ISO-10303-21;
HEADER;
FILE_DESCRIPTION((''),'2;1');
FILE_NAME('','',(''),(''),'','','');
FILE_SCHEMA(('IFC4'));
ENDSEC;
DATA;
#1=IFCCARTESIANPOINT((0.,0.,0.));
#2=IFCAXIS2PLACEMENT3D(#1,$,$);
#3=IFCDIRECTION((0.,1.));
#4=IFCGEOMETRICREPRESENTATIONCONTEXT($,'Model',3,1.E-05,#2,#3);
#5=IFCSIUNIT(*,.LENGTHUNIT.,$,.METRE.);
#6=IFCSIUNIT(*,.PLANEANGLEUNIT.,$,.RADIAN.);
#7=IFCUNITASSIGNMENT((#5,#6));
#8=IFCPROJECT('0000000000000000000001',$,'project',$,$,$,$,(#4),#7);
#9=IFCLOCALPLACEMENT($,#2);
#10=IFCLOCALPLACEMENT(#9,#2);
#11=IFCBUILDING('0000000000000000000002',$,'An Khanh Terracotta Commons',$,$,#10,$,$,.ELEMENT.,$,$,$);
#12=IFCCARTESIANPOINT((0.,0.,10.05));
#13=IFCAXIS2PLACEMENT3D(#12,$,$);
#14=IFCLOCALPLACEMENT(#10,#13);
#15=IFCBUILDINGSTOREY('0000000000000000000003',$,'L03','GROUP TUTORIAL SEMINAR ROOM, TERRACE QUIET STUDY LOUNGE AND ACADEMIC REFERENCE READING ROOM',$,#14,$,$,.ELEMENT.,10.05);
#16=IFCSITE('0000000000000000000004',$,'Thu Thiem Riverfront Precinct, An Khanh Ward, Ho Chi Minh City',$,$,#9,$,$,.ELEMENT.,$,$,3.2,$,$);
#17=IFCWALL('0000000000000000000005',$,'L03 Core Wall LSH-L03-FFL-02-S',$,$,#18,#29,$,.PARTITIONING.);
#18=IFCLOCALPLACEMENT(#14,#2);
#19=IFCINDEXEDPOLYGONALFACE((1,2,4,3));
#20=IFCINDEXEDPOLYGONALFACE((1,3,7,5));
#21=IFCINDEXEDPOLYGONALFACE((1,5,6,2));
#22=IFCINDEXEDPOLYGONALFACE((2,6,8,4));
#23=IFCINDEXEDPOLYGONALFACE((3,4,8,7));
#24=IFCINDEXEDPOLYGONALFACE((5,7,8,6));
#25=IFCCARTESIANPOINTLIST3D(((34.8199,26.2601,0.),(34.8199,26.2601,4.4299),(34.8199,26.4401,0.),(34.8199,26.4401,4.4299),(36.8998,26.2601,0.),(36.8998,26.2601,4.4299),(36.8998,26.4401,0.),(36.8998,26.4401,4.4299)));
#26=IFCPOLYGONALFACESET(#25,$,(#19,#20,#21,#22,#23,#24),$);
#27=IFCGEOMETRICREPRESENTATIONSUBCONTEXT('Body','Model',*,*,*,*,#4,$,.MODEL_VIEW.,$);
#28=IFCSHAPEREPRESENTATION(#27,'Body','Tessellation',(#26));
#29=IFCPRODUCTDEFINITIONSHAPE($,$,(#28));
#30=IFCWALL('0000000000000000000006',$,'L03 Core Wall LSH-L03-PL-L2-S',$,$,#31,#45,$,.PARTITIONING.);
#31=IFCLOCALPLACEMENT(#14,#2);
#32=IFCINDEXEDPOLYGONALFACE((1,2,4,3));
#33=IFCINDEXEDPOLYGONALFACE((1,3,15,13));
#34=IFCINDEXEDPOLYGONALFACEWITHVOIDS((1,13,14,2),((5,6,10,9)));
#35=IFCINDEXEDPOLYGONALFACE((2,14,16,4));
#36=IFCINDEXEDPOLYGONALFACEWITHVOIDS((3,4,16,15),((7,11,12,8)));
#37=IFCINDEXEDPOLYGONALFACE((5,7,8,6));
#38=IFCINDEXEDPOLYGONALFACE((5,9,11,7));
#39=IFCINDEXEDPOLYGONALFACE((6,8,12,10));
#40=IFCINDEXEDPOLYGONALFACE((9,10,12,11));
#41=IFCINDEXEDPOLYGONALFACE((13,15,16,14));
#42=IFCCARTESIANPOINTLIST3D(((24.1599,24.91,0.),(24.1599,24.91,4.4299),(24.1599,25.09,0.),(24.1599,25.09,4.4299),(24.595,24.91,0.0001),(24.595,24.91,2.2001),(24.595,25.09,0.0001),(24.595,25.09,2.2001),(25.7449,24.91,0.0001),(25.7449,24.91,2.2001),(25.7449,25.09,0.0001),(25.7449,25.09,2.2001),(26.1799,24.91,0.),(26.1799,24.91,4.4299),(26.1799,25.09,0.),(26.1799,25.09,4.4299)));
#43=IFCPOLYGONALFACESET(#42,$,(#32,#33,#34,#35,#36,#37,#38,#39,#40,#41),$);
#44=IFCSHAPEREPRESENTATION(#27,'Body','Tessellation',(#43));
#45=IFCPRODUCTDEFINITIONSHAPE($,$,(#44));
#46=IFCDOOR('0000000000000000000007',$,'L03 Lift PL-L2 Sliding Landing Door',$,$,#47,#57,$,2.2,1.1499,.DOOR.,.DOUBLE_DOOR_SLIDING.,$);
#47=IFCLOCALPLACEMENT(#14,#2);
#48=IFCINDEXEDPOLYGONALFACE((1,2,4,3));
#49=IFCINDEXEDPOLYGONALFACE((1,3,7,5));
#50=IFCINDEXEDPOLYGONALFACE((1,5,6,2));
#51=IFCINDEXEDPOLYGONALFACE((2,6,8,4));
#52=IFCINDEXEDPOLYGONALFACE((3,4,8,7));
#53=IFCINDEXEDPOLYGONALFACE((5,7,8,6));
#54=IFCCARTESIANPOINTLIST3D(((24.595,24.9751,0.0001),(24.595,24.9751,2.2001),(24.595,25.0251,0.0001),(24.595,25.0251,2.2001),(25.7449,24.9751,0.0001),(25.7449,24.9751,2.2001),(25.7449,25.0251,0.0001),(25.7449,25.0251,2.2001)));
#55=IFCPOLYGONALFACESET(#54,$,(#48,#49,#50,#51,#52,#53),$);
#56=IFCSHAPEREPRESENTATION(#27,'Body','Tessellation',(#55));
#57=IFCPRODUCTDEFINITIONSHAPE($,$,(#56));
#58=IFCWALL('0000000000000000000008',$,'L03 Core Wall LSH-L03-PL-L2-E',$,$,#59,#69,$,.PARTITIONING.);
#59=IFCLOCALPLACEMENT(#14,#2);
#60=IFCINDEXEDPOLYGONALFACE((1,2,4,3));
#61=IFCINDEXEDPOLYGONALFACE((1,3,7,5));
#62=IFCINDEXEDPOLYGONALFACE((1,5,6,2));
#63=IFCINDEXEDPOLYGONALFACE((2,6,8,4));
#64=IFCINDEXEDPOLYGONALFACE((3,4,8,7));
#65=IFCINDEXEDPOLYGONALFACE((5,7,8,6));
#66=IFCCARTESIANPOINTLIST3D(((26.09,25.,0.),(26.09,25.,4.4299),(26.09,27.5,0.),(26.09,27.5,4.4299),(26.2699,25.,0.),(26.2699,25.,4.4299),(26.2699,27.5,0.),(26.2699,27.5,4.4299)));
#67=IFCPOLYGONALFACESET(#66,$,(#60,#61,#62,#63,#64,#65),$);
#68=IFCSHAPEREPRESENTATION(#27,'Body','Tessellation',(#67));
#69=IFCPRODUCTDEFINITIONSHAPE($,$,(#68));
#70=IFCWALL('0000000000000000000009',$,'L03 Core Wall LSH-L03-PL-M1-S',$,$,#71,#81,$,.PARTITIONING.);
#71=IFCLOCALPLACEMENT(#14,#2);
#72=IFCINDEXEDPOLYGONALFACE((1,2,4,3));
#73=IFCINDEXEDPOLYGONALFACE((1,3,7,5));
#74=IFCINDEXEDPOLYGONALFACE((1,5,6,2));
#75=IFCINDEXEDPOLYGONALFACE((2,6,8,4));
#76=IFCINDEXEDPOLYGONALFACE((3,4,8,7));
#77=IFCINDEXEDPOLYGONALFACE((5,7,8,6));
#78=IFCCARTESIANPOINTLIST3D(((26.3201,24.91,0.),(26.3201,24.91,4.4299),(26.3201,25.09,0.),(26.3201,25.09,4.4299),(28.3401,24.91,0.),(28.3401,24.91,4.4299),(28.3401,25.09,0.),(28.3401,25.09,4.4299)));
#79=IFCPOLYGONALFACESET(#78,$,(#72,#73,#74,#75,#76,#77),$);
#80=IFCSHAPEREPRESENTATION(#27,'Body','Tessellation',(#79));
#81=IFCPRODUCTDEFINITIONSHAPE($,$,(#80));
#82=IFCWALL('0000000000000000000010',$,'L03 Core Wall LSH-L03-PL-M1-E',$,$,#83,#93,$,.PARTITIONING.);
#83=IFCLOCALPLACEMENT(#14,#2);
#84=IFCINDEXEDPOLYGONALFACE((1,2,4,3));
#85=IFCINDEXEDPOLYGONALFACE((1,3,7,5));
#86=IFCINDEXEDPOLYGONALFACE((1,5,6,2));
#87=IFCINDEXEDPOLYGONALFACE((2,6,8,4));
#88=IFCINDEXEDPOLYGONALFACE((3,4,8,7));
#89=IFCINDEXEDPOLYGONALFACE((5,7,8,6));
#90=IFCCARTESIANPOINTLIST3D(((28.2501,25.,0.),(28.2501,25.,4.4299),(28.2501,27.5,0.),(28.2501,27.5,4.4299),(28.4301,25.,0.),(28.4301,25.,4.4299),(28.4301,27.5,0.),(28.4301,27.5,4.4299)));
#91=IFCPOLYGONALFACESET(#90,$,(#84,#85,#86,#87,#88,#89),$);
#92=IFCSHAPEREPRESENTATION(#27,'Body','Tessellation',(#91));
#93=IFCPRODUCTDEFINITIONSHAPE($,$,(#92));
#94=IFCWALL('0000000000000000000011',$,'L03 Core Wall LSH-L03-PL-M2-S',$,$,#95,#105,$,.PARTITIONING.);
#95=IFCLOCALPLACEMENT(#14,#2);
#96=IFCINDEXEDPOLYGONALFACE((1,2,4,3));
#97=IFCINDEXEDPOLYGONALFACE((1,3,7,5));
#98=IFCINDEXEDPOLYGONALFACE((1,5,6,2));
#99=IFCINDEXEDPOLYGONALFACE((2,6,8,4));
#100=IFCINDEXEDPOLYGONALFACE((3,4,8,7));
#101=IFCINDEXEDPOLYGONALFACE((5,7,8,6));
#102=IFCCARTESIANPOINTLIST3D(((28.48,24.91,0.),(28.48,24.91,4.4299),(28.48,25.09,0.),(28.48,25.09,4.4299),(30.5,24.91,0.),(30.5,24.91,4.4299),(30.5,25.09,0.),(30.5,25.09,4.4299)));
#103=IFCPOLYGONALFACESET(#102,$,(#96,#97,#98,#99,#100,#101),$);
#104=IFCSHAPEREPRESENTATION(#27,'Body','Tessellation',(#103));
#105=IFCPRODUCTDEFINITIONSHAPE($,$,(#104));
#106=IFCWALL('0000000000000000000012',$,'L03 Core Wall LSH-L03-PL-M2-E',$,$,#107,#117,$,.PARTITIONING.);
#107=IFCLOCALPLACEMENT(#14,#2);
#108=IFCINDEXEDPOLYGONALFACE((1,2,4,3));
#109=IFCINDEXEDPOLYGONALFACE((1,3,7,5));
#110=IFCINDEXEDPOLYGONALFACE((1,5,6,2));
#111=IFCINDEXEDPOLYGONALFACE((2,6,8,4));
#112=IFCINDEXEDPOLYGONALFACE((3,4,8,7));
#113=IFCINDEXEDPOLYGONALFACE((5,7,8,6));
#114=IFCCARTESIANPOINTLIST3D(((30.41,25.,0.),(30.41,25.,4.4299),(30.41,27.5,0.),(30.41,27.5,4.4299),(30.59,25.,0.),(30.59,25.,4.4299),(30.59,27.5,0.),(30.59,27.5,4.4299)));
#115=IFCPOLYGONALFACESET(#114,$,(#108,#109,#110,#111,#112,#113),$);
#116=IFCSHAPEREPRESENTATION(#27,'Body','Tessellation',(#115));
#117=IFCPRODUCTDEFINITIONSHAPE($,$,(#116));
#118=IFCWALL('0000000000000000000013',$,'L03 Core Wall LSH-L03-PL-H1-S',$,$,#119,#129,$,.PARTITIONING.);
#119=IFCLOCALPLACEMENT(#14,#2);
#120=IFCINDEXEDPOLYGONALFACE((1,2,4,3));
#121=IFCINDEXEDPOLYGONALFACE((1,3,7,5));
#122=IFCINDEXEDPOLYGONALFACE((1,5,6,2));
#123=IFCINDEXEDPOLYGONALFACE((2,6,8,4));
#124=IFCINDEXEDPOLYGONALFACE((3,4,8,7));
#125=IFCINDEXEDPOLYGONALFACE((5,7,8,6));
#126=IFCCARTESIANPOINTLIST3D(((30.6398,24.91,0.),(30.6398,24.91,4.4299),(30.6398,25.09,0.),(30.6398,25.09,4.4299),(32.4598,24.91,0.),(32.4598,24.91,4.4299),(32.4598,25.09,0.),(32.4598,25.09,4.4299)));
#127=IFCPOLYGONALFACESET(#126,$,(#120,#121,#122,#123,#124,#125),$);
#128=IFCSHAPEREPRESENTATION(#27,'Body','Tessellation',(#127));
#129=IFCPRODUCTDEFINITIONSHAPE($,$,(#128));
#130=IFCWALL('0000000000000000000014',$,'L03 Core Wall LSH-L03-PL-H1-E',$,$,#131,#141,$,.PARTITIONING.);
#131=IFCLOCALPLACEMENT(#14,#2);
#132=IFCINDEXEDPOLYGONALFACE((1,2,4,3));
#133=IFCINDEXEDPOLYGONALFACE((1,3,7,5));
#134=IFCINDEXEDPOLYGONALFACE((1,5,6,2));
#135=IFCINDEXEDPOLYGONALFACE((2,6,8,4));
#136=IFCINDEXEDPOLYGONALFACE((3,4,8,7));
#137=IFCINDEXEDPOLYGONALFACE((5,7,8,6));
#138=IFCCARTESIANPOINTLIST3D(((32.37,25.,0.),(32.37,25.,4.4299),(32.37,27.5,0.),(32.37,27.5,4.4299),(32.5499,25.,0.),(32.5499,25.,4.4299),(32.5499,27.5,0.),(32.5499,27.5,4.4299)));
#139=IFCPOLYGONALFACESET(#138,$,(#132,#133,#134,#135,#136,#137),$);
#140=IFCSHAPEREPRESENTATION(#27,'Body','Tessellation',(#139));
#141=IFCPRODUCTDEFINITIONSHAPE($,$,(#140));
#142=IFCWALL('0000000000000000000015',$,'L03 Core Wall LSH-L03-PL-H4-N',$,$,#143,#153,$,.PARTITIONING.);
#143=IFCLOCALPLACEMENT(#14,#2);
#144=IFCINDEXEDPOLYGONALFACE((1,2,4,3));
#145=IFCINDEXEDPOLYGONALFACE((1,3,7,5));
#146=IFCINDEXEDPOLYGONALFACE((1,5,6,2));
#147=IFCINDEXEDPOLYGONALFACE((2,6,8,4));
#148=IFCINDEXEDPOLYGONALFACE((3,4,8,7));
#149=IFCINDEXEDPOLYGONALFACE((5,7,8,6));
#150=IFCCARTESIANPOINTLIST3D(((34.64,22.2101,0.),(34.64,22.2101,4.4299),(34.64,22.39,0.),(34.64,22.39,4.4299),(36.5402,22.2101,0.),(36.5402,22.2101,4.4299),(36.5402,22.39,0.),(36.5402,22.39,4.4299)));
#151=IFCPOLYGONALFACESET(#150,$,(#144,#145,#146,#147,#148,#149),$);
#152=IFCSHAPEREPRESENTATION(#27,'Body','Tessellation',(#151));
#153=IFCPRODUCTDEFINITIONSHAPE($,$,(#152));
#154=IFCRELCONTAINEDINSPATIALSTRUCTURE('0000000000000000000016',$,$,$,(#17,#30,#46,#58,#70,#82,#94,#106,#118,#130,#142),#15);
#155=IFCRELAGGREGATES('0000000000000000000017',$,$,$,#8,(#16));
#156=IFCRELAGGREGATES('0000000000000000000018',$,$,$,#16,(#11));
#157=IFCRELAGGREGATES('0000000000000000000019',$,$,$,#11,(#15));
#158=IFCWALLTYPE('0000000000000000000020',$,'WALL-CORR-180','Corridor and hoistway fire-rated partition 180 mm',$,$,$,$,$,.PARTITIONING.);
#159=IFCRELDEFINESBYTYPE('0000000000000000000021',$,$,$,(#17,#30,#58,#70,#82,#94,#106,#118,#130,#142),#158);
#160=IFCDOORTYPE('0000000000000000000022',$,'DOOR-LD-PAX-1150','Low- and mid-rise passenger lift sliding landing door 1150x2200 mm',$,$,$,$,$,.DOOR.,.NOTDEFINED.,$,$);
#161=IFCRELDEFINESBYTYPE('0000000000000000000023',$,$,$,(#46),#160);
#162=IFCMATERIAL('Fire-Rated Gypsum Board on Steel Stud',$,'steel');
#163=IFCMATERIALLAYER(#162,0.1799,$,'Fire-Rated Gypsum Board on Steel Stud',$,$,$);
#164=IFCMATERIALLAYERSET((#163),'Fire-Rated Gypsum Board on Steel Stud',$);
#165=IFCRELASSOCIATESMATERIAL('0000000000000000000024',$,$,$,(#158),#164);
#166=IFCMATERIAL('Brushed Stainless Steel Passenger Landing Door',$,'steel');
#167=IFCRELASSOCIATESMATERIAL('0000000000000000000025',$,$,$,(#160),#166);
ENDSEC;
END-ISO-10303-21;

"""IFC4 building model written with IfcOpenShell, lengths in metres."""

from ifc_helpers import new_model, si_unit, direction, frame, frame_2d, origin, place, context, subcontext, project, spatial, rectangle, extrude, material, layer, layer_set, type_object, element, fill, save


model = new_model("IFC4")

# Units and contexts
model_context = context("Model", 3, precision=1e-05, world=origin(), true_north=direction((0.0, 1.0)))
body_context = subcontext(model_context, "Body", "Model", "MODEL_VIEW")
ifc_project = project(units=[si_unit("LENGTHUNIT", "METRE"), si_unit("PLANEANGLEUNIT", "RADIAN")], contexts=[model_context])

# Site, building, storey
site_placement = place(None, origin())
site = spatial("IfcSite", under=ifc_project, at=site_placement, Name="Thu Thiem Riverfront Precinct, An Khanh Ward, Ho Chi Minh City", CompositionType="ELEMENT", RefElevation=3.2)
building_placement = place(site_placement, origin())
building = spatial("IfcBuilding", under=site, at=building_placement, Name="An Khanh Terracotta Commons", CompositionType="ELEMENT")
storey_placement = place(building_placement, frame((0.0, 0.0, 10.05)))
storey = spatial("IfcBuildingStorey", under=building, at=storey_placement, Name="L03", Description="GROUP TUTORIAL SEMINAR ROOM, TERRACE QUIET STUDY LOUNGE AND ACADEMIC REFERENCE READING ROOM", CompositionType="ELEMENT", Elevation=10.05)

# Wall
ifc_material_1 = material(Name="Fire-Rated Gypsum Board on Steel Stud", Category="steel")
ifc_layer = layer(ifc_material_1, 0.1799, Name="Fire-Rated Gypsum Board on Steel Stud")
ifc_layer_set = layer_set([ifc_layer], Name="Fire-Rated Gypsum Board on Steel Stud")
wall_type = type_object("IfcWallType", Name="WALL-CORR-180", Description="Corridor and hoistway fire-rated partition 180 mm", PredefinedType="PARTITIONING", material=ifc_layer_set)
wall_1_placement = place(storey_placement, frame((36.8999, 26.3501, 0.0), z_axis=(0.0, 0.0, 1.0), x_axis=(-1.0, 0.0, 0.0)))
element("IfcWall", 1, at=wall_1_placement, inside=storey, type_object=wall_type, Name="L03 Core Wall LSH-L03-FFL-02-S", PredefinedType="PARTITIONING", context=body_context, shape_type="SweptSolid", body=[
    extrude(rectangle(XDim=2.0798, YDim=0.1799, at=frame_2d((1.04, 0.0))), origin(), (0.0, 0.0, 1.0), 4.4299),
])

# Wall, opening, door
wall_2_placement = place(storey_placement, frame((26.1799, 25.0, 0.0), z_axis=(0.0, 0.0, 1.0), x_axis=(-1.0, 0.0, 0.0)))
wall_2 = element("IfcWall", 2, at=wall_2_placement, inside=storey, type_object=wall_type, Name="L03 Core Wall LSH-L03-PL-L2-S", PredefinedType="PARTITIONING", context=body_context, shape_type="SweptSolid", body=[
    extrude(rectangle(XDim=2.02, YDim=0.1799, at=frame_2d((1.01, 0.0))), origin(), (0.0, 0.0, 1.0), 4.4299),
])
opening_placement = place(wall_2_placement, frame((0.4351, 0.0, 0.0)))
opening = element("IfcOpeningElement", 3, at=opening_placement, cuts=wall_2, PredefinedType="OPENING", context=body_context, shape_type="SweptSolid", body=[
    extrude(rectangle(XDim=1.1499, YDim=2.2, at=frame_2d((0.575, 1.1001))), frame((0.0, 0.0999, 0.0), z_axis=(0.0, -1.0, 0.0), x_axis=(1.0, 0.0, 0.0)), (0.0, 0.0, 1.0), 0.2),
])
ifc_material_2 = material(Name="Brushed Stainless Steel Passenger Landing Door", Category="steel")
door_type = type_object("IfcDoorType", Name="DOOR-LD-PAX-1150", Description="Low- and mid-rise passenger lift sliding landing door 1150x2200 mm", OperationType="NOTDEFINED", PredefinedType="DOOR", material=ifc_material_2)
door_placement = place(opening_placement, origin())
door = element("IfcDoor", 4, at=door_placement, inside=storey, type_object=door_type, Name="L03 Lift PL-L2 Sliding Landing Door", OperationType="DOUBLE_DOOR_SLIDING", OverallHeight=2.2, OverallWidth=1.1499, PredefinedType="DOOR", context=body_context, shape_type="SweptSolid", body=[
    extrude(rectangle(XDim=1.1499, YDim=2.2, at=frame_2d((0.575, 1.1001))), frame((0.0, 0.0249, 0.0), z_axis=(0.0, -1.0, 0.0), x_axis=(1.0, 0.0, 0.0)), (0.0, 0.0, 1.0), 0.05),
])
fill(opening, door)

# Walls
wall_3_placement = place(storey_placement, frame((26.1799, 25.0, 0.0), z_axis=(0.0, 0.0, 1.0), x_axis=(0.0, 1.0, 0.0)))
element("IfcWall", 5, at=wall_3_placement, inside=storey, type_object=wall_type, Name="L03 Core Wall LSH-L03-PL-L2-E", PredefinedType="PARTITIONING", context=body_context, shape_type="SweptSolid", body=[
    extrude(rectangle(XDim=2.5, YDim=0.1799, at=frame_2d((1.25, 0.0))), origin(), (0.0, 0.0, 1.0), 4.4299),
])
wall_4_placement = place(storey_placement, frame((28.3401, 25.0, 0.0), z_axis=(0.0, 0.0, 1.0), x_axis=(-1.0, 0.0, 0.0)))
element("IfcWall", 6, at=wall_4_placement, inside=storey, type_object=wall_type, Name="L03 Core Wall LSH-L03-PL-M1-S", PredefinedType="PARTITIONING", context=body_context, shape_type="SweptSolid", body=[
    extrude(rectangle(XDim=2.02, YDim=0.1799, at=frame_2d((1.01, 0.0))), origin(), (0.0, 0.0, 1.0), 4.4299),
])
wall_5_placement = place(storey_placement, frame((28.3401, 25.0, 0.0), z_axis=(0.0, 0.0, 1.0), x_axis=(0.0, 1.0, 0.0)))
element("IfcWall", 7, at=wall_5_placement, inside=storey, type_object=wall_type, Name="L03 Core Wall LSH-L03-PL-M1-E", PredefinedType="PARTITIONING", context=body_context, shape_type="SweptSolid", body=[
    extrude(rectangle(XDim=2.5, YDim=0.1799, at=frame_2d((1.25, 0.0))), origin(), (0.0, 0.0, 1.0), 4.4299),
])
wall_6_placement = place(storey_placement, frame((30.5, 25.0, 0.0), z_axis=(0.0, 0.0, 1.0), x_axis=(-1.0, 0.0, 0.0)))
element("IfcWall", 8, at=wall_6_placement, inside=storey, type_object=wall_type, Name="L03 Core Wall LSH-L03-PL-M2-S", PredefinedType="PARTITIONING", context=body_context, shape_type="SweptSolid", body=[
    extrude(rectangle(XDim=2.02, YDim=0.1799, at=frame_2d((1.01, 0.0))), origin(), (0.0, 0.0, 1.0), 4.4299),
])
wall_7_placement = place(storey_placement, frame((30.5, 25.0, 0.0), z_axis=(0.0, 0.0, 1.0), x_axis=(0.0, 1.0, 0.0)))
element("IfcWall", 9, at=wall_7_placement, inside=storey, type_object=wall_type, Name="L03 Core Wall LSH-L03-PL-M2-E", PredefinedType="PARTITIONING", context=body_context, shape_type="SweptSolid", body=[
    extrude(rectangle(XDim=2.5, YDim=0.1799, at=frame_2d((1.25, 0.0))), origin(), (0.0, 0.0, 1.0), 4.4299),
])
wall_8_placement = place(storey_placement, frame((32.46, 25.0, 0.0), z_axis=(0.0, 0.0, 1.0), x_axis=(-1.0, 0.0, 0.0)))
element("IfcWall", 10, at=wall_8_placement, inside=storey, type_object=wall_type, Name="L03 Core Wall LSH-L03-PL-H1-S", PredefinedType="PARTITIONING", context=body_context, shape_type="SweptSolid", body=[
    extrude(rectangle(XDim=1.8201, YDim=0.1799, at=frame_2d((0.9102, 0.0))), origin(), (0.0, 0.0, 1.0), 4.4299),
])
wall_9_placement = place(storey_placement, frame((32.46, 25.0, 0.0), z_axis=(0.0, 0.0, 1.0), x_axis=(0.0, 1.0, 0.0)))
element("IfcWall", 11, at=wall_9_placement, inside=storey, type_object=wall_type, Name="L03 Core Wall LSH-L03-PL-H1-E", PredefinedType="PARTITIONING", context=body_context, shape_type="SweptSolid", body=[
    extrude(rectangle(XDim=2.5, YDim=0.1799, at=frame_2d((1.25, 0.0))), origin(), (0.0, 0.0, 1.0), 4.4299),
])
wall_10_placement = place(storey_placement, frame((34.6399, 22.3, 0.0), z_axis=(0.0, 0.0, 1.0), x_axis=(1.0, 0.0, 0.0)))
element("IfcWall", 12, at=wall_10_placement, inside=storey, type_object=wall_type, Name="L03 Core Wall LSH-L03-PL-H4-N", PredefinedType="PARTITIONING", context=body_context, shape_type="SweptSolid", body=[
    extrude(rectangle(XDim=1.9001, YDim=0.1799, at=frame_2d((0.9502, 0.0))), origin(), (0.0, 0.0, 1.0), 4.4299),
])

save(model, "model.ifc")
